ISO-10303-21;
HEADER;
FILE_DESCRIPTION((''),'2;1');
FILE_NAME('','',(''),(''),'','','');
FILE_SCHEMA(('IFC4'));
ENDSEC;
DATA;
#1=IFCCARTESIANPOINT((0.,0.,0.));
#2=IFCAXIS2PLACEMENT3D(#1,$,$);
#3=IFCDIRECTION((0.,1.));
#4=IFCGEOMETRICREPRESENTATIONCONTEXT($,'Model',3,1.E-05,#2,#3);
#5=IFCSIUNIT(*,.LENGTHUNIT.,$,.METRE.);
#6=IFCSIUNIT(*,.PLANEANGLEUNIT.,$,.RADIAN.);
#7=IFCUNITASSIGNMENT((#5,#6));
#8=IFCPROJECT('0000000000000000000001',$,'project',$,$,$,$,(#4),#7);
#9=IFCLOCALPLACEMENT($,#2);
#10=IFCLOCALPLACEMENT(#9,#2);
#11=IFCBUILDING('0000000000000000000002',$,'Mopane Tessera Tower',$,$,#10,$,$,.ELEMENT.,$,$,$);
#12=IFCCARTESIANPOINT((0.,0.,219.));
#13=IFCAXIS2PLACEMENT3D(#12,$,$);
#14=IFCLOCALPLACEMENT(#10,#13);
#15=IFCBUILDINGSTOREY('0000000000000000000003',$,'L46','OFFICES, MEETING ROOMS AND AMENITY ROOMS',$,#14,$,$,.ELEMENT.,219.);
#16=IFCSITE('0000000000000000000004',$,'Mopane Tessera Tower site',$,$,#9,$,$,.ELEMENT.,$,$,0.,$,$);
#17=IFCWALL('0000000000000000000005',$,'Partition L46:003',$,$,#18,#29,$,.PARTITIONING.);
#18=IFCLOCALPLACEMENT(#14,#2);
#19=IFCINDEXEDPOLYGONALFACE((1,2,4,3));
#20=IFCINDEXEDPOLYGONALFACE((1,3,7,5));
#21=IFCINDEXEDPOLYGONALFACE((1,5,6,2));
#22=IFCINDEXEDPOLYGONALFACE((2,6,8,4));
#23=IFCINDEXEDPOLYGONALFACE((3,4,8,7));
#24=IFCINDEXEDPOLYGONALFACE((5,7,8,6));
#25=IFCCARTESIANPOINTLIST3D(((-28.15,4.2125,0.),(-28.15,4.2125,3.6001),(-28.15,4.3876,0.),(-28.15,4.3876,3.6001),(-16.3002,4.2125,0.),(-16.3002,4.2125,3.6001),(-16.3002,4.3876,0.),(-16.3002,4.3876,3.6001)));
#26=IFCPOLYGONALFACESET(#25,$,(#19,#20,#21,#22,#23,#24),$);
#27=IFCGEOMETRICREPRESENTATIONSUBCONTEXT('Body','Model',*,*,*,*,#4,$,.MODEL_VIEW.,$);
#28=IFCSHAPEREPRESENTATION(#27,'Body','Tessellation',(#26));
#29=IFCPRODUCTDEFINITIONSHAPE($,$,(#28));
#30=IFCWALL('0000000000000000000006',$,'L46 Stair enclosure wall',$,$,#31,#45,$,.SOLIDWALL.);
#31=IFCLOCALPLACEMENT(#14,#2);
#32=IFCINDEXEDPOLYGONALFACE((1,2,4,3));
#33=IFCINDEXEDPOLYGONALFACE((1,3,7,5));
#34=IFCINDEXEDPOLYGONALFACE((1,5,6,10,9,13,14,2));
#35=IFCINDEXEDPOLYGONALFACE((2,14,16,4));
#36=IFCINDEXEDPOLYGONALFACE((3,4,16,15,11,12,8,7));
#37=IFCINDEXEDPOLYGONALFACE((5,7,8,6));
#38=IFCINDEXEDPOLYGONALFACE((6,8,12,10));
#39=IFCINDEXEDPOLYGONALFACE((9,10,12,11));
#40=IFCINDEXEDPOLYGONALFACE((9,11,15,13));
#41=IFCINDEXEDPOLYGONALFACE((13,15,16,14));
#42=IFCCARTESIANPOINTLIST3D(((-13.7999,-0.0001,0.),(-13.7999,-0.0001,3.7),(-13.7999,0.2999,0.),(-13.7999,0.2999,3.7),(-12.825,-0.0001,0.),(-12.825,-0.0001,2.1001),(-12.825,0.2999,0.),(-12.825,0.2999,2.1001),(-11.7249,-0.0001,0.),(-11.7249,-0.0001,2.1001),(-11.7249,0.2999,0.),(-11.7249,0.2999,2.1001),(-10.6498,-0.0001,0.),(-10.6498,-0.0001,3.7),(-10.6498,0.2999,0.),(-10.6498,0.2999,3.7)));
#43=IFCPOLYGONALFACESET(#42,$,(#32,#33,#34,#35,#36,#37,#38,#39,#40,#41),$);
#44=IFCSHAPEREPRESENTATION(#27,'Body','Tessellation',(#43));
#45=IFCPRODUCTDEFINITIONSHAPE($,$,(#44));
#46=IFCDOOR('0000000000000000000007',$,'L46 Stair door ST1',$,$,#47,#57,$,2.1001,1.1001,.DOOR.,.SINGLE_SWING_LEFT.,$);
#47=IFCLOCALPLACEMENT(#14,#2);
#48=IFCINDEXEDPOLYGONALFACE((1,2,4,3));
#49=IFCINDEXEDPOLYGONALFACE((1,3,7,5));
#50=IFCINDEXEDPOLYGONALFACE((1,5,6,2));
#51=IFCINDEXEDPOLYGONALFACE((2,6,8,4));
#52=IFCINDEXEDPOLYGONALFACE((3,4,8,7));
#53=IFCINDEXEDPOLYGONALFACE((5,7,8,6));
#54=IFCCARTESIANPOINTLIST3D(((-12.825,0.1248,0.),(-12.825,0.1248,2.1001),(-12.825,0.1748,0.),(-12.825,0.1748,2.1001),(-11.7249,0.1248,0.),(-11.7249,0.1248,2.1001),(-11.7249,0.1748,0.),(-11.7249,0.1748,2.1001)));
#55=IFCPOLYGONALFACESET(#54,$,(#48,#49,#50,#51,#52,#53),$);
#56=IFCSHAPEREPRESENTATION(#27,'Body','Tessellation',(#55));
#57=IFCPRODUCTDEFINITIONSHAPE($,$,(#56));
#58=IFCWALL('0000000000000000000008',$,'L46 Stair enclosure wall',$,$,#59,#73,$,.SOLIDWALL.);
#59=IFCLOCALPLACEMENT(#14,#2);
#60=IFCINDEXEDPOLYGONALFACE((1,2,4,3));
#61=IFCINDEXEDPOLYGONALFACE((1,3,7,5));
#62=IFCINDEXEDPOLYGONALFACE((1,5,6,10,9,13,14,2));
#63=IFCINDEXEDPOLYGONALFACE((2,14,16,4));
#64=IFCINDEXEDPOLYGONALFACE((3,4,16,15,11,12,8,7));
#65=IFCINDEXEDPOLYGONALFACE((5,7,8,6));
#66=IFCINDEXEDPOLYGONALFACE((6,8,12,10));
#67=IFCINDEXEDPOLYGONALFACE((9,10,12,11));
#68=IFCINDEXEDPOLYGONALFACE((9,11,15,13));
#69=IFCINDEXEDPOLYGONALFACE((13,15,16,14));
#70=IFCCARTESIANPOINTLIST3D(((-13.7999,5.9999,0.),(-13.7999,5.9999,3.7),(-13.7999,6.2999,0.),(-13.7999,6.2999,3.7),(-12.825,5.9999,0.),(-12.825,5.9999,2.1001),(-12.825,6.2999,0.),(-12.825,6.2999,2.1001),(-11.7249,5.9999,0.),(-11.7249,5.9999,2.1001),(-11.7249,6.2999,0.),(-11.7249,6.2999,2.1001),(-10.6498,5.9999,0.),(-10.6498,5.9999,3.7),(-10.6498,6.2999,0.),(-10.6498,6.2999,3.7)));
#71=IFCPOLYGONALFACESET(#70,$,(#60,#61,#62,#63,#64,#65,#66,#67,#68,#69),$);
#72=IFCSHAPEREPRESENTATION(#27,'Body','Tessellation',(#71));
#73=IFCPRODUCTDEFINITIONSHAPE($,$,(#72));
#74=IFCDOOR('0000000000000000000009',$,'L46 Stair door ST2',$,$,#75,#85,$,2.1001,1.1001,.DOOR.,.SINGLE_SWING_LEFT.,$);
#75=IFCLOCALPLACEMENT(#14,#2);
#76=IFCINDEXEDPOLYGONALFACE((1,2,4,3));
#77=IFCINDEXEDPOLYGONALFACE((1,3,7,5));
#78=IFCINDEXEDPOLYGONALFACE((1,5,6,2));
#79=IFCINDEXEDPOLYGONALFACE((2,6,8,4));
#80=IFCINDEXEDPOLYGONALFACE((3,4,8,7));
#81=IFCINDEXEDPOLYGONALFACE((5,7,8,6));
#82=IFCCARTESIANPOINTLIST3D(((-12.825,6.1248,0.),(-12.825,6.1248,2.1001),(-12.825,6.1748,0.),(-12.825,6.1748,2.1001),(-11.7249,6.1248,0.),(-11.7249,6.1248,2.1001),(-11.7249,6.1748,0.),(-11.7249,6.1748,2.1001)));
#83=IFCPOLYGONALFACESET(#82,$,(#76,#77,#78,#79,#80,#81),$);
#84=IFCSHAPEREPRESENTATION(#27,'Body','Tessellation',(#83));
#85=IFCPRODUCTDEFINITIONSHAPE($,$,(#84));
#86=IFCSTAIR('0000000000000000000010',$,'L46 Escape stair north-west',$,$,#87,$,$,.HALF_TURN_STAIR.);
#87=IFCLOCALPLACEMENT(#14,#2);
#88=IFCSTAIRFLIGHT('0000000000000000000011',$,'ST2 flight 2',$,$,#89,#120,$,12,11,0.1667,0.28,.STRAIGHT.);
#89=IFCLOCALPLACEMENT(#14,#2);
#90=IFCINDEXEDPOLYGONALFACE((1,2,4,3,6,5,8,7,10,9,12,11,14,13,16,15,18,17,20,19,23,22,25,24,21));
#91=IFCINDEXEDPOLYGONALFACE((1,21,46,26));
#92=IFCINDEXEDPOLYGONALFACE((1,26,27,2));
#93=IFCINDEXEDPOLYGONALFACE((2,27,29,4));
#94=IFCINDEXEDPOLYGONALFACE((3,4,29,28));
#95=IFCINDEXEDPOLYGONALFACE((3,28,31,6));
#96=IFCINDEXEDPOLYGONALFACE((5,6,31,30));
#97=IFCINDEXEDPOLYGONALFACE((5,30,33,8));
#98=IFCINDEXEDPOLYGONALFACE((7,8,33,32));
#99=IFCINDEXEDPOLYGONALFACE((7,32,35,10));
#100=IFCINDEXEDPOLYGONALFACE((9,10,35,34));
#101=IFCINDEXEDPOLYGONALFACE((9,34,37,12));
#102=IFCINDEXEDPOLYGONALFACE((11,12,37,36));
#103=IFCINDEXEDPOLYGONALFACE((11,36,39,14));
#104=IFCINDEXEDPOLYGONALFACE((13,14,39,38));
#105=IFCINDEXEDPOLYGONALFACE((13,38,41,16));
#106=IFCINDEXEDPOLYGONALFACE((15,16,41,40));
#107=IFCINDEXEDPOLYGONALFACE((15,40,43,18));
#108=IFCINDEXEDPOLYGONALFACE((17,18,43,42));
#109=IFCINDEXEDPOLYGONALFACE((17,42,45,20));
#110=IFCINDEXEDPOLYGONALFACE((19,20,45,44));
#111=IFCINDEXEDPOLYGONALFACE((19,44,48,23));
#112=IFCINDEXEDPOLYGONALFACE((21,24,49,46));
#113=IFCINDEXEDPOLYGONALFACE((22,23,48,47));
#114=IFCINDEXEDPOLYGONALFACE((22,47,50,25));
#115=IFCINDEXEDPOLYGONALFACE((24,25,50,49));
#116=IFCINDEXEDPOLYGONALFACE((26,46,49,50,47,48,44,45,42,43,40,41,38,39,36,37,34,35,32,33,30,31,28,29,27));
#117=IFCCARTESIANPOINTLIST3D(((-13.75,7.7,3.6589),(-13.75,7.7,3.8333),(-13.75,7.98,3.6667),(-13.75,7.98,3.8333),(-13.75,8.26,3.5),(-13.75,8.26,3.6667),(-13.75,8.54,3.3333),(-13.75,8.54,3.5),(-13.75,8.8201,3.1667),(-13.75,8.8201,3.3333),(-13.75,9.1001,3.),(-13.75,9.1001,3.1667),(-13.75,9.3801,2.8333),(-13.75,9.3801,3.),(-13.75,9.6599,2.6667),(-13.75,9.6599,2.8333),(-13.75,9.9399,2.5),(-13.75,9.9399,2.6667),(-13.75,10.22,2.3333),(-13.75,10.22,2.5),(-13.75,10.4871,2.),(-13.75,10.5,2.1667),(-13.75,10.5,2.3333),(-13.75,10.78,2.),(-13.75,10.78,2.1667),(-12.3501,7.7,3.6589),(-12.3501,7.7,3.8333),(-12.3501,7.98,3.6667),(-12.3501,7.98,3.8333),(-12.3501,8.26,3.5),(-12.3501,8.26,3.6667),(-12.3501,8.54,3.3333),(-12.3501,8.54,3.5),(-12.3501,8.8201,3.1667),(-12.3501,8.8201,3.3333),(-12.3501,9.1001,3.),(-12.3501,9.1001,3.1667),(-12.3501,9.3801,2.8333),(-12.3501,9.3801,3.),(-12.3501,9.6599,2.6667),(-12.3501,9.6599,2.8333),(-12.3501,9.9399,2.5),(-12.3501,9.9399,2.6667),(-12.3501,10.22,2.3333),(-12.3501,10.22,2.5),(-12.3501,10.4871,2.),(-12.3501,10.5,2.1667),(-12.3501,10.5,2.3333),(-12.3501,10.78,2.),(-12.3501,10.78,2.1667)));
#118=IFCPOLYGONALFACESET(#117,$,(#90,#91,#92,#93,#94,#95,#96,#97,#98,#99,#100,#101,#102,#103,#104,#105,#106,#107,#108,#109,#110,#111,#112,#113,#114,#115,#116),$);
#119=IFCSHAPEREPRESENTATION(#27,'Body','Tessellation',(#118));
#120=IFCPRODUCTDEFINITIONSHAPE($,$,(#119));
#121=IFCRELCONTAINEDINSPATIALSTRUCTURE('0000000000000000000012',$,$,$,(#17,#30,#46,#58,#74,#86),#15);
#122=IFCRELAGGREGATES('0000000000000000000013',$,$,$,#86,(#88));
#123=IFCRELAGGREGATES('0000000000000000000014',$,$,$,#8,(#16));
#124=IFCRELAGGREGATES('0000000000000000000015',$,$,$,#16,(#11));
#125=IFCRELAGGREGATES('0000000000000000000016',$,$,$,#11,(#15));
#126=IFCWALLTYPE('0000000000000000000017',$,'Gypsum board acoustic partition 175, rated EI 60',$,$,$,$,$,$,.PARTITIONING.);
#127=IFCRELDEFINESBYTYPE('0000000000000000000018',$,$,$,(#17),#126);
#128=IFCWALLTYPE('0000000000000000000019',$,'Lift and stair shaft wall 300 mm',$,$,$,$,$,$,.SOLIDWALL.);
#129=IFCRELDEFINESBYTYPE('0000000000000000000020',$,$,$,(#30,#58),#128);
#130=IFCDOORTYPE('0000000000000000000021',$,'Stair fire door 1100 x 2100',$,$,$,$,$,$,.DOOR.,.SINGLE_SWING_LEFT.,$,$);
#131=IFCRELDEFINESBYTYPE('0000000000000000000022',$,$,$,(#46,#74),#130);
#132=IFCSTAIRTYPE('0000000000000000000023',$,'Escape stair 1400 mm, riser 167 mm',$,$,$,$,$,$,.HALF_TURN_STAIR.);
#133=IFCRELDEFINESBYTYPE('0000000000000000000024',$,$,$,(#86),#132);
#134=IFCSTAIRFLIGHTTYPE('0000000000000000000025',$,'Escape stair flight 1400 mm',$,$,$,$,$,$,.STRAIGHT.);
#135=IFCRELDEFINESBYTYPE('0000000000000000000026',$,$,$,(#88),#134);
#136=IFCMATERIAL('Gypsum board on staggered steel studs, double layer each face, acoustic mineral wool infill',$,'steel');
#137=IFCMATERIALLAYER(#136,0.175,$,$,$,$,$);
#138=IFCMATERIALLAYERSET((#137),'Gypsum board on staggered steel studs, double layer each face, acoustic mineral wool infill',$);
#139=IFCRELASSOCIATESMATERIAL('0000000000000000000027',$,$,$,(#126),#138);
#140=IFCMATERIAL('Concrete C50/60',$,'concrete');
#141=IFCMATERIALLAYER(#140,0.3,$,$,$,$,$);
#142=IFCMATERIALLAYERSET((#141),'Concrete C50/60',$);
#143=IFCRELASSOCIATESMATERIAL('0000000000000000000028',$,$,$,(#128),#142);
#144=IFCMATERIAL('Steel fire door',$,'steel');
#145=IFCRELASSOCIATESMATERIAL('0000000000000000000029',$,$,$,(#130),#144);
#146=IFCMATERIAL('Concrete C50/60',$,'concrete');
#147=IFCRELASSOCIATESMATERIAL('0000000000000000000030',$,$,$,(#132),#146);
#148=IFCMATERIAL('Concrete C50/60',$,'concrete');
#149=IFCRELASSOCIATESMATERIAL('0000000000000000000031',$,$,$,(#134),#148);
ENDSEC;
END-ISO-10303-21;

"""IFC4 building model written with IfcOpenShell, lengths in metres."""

from ifc_helpers import new_model, si_unit, direction, frame, frame_2d, origin, place, context, subcontext, project, spatial, polyline, rectangle, outline, extrude, material, layer, layer_set, type_object, element, fill, aggregate, save


model = new_model("IFC4")

# Units and contexts
model_context = context("Model", 3, precision=1e-05, world=origin(), true_north=direction((0.0, 1.0)))
body_context = subcontext(model_context, "Body", "Model", "MODEL_VIEW")
ifc_project = project(units=[si_unit("LENGTHUNIT", "METRE"), si_unit("PLANEANGLEUNIT", "RADIAN")], contexts=[model_context])

# Site, building, storey
site_placement = place(None, origin())
site = spatial("IfcSite", under=ifc_project, at=site_placement, Name="Mopane Tessera Tower site", CompositionType="ELEMENT", RefElevation=0.0)
building_placement = place(site_placement, origin())
building = spatial("IfcBuilding", under=site, at=building_placement, Name="Mopane Tessera Tower", CompositionType="ELEMENT")
storey_placement = place(building_placement, frame((0.0, 0.0, 219.0)))
storey = spatial("IfcBuildingStorey", under=building, at=storey_placement, Name="L46", Description="OFFICES, MEETING ROOMS AND AMENITY ROOMS", CompositionType="ELEMENT", Elevation=219.0)

# Wall
ifc_material_1 = material(Name="Gypsum board on staggered steel studs, double layer each face, acoustic mineral wool infill", Category="steel")
ifc_layer_1 = layer(ifc_material_1, 0.175)
ifc_layer_set_1 = layer_set([ifc_layer_1], Name="Gypsum board on staggered steel studs, double layer each face, acoustic mineral wool infill")
wall_type_1 = type_object("IfcWallType", Name="Gypsum board acoustic partition 175, rated EI 60", PredefinedType="PARTITIONING", material=ifc_layer_set_1)
wall_1_placement = place(storey_placement, frame((-28.1499, 4.3, 0.0), z_axis=(0.0, 0.0, 1.0), x_axis=(1.0, 0.0, 0.0)))
element("IfcWall", 1, at=wall_1_placement, inside=storey, type_object=wall_type_1, Name="Partition L46:003", PredefinedType="PARTITIONING", context=body_context, shape_type="SweptSolid", body=[
    extrude(rectangle(XDim=11.8499, YDim=0.175, at=frame_2d((5.9248, 0.0))), origin(), (0.0, 0.0, 1.0), 3.6001),
])

# Walls, openings, doors
ifc_material_2 = material(Name="Concrete C50/60", Category="concrete")
ifc_layer_2 = layer(ifc_material_2, 0.3)
ifc_layer_set_2 = layer_set([ifc_layer_2], Name="Concrete C50/60")
wall_type_2 = type_object("IfcWallType", Name="Lift and stair shaft wall 300 mm", PredefinedType="SOLIDWALL", material=ifc_layer_set_2)
wall_2_placement = place(storey_placement, frame((-13.8, 0.1499, 0.0), z_axis=(0.0, 0.0, 1.0), x_axis=(1.0, 0.0, 0.0)))
wall_2 = element("IfcWall", 2, at=wall_2_placement, inside=storey, type_object=wall_type_2, Name="L46 Stair enclosure wall", PredefinedType="SOLIDWALL", context=body_context, shape_type="SweptSolid", body=[
    extrude(rectangle(XDim=3.1501, YDim=0.3, at=frame_2d((1.5752, 0.0))), origin(), (0.0, 0.0, 1.0), 3.7),
])
opening_1_placement = place(wall_2_placement, frame((0.9751, 0.0, 0.0)))
opening_1 = element("IfcOpeningElement", 3, at=opening_1_placement, cuts=wall_2, PredefinedType="OPENING", context=body_context, shape_type="SweptSolid", body=[
    extrude(rectangle(XDim=1.1001, YDim=2.1001, at=frame_2d((0.55, 1.05))), frame((0.0, 0.1621, 0.0), z_axis=(0.0, -1.0, 0.0), x_axis=(1.0, 0.0, 0.0)), (0.0, 0.0, 1.0), 0.324),
])
ifc_material_3 = material(Name="Steel fire door", Category="steel")
door_type_1 = type_object("IfcDoorType", Name="Stair fire door 1100 x 2100", OperationType="SINGLE_SWING_LEFT", PredefinedType="DOOR", material=ifc_material_3)
door_1_placement = place(opening_1_placement, origin())
door_1 = element("IfcDoor", 4, at=door_1_placement, inside=storey, type_object=door_type_1, Name="L46 Stair door ST1", OperationType="SINGLE_SWING_LEFT", OverallHeight=2.1001, OverallWidth=1.1001, PredefinedType="DOOR", context=body_context, shape_type="SweptSolid", body=[
    extrude(rectangle(XDim=1.1001, YDim=2.1001, at=frame_2d((0.55, 1.05))), frame((0.0, 0.0249, 0.0), z_axis=(0.0, -1.0, 0.0), x_axis=(1.0, 0.0, 0.0)), (0.0, 0.0, 1.0), 0.05),
])
fill(opening_1, door_1)
wall_3_placement = place(storey_placement, frame((-13.8, 6.1499, 0.0), z_axis=(0.0, 0.0, 1.0), x_axis=(1.0, 0.0, 0.0)))
wall_3 = element("IfcWall", 5, at=wall_3_placement, inside=storey, type_object=wall_type_2, Name="L46 Stair enclosure wall", PredefinedType="SOLIDWALL", context=body_context, shape_type="SweptSolid", body=[
    extrude(rectangle(XDim=3.1501, YDim=0.3, at=frame_2d((1.5752, 0.0))), origin(), (0.0, 0.0, 1.0), 3.7),
])
opening_2_placement = place(wall_3_placement, frame((0.9751, 0.0, 0.0)))
opening_2 = element("IfcOpeningElement", 6, at=opening_2_placement, cuts=wall_3, PredefinedType="OPENING", context=body_context, shape_type="SweptSolid", body=[
    extrude(rectangle(XDim=1.1001, YDim=2.1001, at=frame_2d((0.55, 1.05))), frame((0.0, 0.1621, 0.0), z_axis=(0.0, -1.0, 0.0), x_axis=(1.0, 0.0, 0.0)), (0.0, 0.0, 1.0), 0.324),
])
door_2_placement = place(opening_2_placement, origin())
door_2 = element("IfcDoor", 7, at=door_2_placement, inside=storey, type_object=door_type_1, Name="L46 Stair door ST2", OperationType="SINGLE_SWING_LEFT", OverallHeight=2.1001, OverallWidth=1.1001, PredefinedType="DOOR", context=body_context, shape_type="SweptSolid", body=[
    extrude(rectangle(XDim=1.1001, YDim=2.1001, at=frame_2d((0.55, 1.05))), frame((0.0, 0.0249, 0.0), z_axis=(0.0, -1.0, 0.0), x_axis=(1.0, 0.0, 0.0)), (0.0, 0.0, 1.0), 0.05),
])
fill(opening_2, door_2)

# Stair, stair flight
ifc_material_4 = material(Name="Concrete C50/60", Category="concrete")
stair_type = type_object("IfcStairType", Name="Escape stair 1400 mm, riser 167 mm", PredefinedType="HALF_TURN_STAIR", material=ifc_material_4)
stair_placement = place(storey_placement, origin())
stair = element("IfcStair", 8, at=stair_placement, inside=storey, type_object=stair_type, Name="L46 Escape stair north-west", PredefinedType="HALF_TURN_STAIR")
ifc_material_5 = material(Name="Concrete C50/60", Category="concrete")
stair_flight_type = type_object("IfcStairFlightType", Name="Escape stair flight 1400 mm", PredefinedType="STRAIGHT", material=ifc_material_5)
stair_flight_placement = place(storey_placement, frame((-13.05, 10.78, 2.0), z_axis=(0.0, 0.0, 1.0), x_axis=(0.0, -1.0, 0.0)))
stair_flight = element("IfcStairFlight", 9, at=stair_flight_placement, type_object=stair_flight_type, Name="ST2 flight 2", NumberOfRisers=12, NumberOfTreads=11, PredefinedType="STRAIGHT", RiserHeight=0.1667, TreadLength=0.28, context=body_context, shape_type="SweptSolid", body=[
    extrude(outline(polyline([(0.0, 0.0), (0.0, 0.1667), (0.28, 0.1667), (0.28, 0.3333), (0.5601, 0.3333), (0.5601, 0.5), (0.8401, 0.5), (0.8401, 0.6667), (1.1201, 0.6667), (1.1201, 0.8333), (1.3999, 0.8333), (1.3999, 1.0), (1.6799, 1.0), (1.6799, 1.1667), (1.96, 1.1667), (1.96, 1.3333), (2.24, 1.3333), (2.24, 1.5), (2.52, 1.5), (2.52, 1.6667), (2.8, 1.6667), (2.8, 1.8333), (3.0801, 1.8333), (3.0801, 2.0), (3.0801, 1.6589), (0.293, 0.0), (0.0, 0.0)])), frame((0.0, 0.7, 0.0), z_axis=(0.0, -1.0, 0.0), x_axis=(1.0, 0.0, 0.0)), (0.0, 0.0, 1.0), 1.3999),
])
aggregate(stair, [stair_flight])

save(model, "model.ifc")
